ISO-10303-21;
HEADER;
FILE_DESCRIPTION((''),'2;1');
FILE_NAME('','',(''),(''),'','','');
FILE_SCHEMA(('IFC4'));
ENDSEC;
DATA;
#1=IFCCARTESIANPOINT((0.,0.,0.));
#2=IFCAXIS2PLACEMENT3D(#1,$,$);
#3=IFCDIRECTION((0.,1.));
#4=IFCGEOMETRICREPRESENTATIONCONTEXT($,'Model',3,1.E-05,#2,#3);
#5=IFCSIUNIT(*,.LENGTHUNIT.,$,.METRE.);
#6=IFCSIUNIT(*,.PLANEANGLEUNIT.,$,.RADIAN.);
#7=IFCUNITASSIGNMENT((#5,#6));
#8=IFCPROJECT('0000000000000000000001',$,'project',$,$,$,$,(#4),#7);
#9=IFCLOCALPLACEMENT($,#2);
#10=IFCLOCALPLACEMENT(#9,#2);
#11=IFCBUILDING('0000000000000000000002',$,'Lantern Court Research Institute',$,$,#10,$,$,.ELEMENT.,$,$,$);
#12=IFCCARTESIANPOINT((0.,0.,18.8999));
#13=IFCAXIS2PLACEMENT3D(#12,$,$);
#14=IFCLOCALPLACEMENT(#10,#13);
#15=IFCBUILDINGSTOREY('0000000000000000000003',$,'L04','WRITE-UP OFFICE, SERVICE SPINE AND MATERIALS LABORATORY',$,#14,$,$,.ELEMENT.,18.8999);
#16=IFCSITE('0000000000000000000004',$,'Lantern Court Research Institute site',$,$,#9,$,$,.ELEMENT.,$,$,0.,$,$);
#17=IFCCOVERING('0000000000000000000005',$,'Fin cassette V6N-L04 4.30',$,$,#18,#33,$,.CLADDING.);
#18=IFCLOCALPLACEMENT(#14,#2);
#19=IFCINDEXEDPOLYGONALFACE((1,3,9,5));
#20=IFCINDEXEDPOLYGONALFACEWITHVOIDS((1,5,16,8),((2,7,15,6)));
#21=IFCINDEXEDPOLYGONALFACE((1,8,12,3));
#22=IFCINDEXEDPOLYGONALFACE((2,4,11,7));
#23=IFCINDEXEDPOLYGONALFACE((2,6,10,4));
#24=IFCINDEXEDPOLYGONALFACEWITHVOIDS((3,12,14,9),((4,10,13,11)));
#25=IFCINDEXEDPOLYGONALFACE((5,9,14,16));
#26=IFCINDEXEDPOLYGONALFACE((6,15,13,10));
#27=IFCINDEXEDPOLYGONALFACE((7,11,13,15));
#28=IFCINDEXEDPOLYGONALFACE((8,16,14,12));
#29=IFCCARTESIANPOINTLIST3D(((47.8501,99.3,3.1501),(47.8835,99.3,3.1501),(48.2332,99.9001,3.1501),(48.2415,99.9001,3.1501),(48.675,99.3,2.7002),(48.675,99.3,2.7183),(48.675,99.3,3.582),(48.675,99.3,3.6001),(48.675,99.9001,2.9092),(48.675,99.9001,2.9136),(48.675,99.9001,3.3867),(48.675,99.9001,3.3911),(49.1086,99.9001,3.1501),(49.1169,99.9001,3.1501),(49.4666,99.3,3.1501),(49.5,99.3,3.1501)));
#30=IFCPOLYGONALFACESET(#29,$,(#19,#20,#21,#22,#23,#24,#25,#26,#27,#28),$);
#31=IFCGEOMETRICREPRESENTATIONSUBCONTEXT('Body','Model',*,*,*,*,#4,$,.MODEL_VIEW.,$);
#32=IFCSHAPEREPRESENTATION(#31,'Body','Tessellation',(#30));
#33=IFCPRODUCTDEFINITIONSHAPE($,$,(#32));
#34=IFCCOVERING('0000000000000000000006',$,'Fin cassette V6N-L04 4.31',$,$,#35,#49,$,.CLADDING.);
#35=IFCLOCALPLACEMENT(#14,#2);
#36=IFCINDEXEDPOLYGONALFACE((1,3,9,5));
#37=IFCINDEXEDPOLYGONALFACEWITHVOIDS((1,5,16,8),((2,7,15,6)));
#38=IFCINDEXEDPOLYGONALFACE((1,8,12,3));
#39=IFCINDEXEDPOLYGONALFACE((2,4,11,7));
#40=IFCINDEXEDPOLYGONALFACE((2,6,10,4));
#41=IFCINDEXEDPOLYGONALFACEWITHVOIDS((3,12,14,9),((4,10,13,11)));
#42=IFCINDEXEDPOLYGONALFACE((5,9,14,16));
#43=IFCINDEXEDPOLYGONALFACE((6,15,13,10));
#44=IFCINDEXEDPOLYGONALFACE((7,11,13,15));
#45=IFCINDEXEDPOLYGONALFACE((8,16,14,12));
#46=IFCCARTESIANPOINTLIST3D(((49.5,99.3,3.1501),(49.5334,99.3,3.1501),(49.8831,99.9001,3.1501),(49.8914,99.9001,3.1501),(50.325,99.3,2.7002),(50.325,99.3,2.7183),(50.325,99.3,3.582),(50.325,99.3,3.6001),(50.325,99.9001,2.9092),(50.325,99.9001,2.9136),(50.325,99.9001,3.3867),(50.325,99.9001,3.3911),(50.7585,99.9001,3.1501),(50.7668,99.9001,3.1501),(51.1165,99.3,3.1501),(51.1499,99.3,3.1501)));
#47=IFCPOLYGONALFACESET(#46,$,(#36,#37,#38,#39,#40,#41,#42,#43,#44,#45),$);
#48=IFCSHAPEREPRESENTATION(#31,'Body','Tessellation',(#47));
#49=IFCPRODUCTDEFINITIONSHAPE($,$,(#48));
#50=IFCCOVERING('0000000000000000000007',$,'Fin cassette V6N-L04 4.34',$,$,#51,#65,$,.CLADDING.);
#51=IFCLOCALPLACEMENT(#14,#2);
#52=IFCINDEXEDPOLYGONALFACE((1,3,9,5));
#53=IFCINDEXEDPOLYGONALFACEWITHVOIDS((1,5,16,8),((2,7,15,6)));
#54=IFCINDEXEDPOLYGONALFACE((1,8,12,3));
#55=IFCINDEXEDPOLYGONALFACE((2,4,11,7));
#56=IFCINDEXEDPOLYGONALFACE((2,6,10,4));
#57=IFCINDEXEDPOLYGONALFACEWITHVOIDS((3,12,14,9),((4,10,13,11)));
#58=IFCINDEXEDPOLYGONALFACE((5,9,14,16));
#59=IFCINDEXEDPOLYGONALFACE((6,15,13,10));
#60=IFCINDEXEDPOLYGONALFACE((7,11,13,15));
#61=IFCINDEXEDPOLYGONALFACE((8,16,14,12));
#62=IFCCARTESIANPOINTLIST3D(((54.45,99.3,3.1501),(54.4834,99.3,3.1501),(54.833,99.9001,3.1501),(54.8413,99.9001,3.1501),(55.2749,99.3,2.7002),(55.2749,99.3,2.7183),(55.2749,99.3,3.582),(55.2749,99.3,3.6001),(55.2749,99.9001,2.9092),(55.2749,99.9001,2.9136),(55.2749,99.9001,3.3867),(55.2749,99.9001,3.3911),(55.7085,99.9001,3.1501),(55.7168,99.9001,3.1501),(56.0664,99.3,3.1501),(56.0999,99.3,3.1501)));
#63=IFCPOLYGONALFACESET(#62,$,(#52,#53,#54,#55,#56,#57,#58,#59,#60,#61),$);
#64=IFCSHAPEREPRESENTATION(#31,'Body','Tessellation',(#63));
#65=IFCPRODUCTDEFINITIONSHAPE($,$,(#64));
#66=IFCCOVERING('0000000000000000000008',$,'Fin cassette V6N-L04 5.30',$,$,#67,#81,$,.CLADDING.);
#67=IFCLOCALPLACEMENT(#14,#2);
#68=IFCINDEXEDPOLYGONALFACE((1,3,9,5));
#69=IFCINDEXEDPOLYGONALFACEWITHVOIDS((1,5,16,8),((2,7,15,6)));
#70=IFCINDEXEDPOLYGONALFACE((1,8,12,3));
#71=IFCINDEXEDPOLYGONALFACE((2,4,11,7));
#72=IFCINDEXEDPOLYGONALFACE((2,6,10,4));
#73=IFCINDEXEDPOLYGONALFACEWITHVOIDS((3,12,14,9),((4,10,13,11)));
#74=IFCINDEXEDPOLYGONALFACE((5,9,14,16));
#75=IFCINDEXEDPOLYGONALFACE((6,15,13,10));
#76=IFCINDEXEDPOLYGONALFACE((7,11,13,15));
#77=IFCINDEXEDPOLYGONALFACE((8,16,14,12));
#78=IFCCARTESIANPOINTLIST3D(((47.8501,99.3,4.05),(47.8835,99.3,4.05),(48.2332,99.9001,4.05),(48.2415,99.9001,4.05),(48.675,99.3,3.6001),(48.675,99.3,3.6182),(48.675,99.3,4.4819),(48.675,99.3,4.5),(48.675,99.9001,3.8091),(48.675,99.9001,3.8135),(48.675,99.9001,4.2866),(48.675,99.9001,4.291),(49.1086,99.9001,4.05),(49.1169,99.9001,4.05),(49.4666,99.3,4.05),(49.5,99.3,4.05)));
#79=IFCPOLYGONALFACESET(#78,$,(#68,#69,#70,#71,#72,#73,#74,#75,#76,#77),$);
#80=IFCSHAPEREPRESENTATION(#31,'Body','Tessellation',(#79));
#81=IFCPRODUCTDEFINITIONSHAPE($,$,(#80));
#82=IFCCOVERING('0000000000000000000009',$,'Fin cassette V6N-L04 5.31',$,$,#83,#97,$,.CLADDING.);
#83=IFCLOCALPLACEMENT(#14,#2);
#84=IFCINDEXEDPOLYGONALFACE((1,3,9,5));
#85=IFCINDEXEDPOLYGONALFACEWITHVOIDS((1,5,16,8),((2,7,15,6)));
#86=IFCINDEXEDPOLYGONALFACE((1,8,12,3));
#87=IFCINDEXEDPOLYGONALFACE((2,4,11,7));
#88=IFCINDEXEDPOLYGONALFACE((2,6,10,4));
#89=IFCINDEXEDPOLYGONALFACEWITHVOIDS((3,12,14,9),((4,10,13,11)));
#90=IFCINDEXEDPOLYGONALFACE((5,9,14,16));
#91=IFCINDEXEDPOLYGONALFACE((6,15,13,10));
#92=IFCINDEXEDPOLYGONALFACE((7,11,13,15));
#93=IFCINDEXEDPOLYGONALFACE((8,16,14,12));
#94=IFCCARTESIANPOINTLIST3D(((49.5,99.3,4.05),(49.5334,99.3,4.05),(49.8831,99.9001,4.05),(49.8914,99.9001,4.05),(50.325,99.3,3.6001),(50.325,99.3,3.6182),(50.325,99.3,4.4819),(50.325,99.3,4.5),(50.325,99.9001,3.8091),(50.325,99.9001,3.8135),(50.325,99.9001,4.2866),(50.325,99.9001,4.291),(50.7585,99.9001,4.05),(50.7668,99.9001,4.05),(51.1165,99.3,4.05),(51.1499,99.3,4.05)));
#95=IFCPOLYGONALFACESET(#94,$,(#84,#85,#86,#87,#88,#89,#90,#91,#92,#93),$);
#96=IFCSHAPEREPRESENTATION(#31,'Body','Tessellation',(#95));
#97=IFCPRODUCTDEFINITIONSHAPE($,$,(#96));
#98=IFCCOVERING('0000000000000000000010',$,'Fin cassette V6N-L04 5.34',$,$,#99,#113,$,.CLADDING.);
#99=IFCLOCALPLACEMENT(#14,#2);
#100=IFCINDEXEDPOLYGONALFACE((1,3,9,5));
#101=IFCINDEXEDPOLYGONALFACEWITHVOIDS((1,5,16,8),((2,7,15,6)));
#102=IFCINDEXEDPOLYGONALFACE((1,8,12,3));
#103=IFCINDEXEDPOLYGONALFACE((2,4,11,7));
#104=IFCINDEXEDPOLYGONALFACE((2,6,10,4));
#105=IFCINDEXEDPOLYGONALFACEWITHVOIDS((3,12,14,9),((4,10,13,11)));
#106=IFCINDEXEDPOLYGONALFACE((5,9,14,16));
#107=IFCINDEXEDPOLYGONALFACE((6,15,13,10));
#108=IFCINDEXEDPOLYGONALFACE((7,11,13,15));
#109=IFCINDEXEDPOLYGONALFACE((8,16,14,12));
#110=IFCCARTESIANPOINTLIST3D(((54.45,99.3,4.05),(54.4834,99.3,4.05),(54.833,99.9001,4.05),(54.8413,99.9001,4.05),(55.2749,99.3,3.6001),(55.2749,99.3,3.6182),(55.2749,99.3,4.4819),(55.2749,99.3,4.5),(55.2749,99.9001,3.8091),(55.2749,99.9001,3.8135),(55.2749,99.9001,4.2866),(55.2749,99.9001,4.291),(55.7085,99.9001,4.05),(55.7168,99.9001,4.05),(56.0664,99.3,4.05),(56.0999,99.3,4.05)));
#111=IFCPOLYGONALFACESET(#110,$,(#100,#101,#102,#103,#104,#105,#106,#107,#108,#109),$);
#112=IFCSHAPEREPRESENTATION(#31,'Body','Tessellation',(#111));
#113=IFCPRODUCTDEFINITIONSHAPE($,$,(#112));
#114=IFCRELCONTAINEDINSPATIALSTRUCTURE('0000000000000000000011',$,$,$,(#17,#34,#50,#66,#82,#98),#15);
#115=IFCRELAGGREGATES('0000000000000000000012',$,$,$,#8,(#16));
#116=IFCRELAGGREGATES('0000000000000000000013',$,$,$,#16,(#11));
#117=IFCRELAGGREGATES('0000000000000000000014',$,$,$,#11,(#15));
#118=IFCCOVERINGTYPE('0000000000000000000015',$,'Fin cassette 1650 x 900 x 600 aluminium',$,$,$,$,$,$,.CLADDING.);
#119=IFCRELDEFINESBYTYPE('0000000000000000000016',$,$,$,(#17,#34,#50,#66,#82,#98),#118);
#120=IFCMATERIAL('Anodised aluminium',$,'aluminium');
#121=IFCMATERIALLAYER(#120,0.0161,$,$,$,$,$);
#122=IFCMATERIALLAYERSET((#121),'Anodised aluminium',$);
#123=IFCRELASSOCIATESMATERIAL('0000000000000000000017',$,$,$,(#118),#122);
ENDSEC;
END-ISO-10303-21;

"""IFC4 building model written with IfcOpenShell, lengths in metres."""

from ifc_helpers import new_model, entity, si_unit, direction, frame, origin, place, context, subcontext, project, spatial, material, layer, layer_set, type_object, element, save


model = new_model("IFC4")

# Units and contexts
model_context = context("Model", 3, precision=1e-05, world=origin(), true_north=direction((0.0, 1.0)))
body_context = subcontext(model_context, "Body", "Model", "MODEL_VIEW")
ifc_project = project(units=[si_unit("LENGTHUNIT", "METRE"), si_unit("PLANEANGLEUNIT", "RADIAN")], contexts=[model_context])

# Site, building, storey
site_placement = place(None, origin())
site = spatial("IfcSite", under=ifc_project, at=site_placement, Name="Lantern Court Research Institute site", CompositionType="ELEMENT", RefElevation=0.0)
building_placement = place(site_placement, origin())
building = spatial("IfcBuilding", under=site, at=building_placement, Name="Lantern Court Research Institute", CompositionType="ELEMENT")
storey_placement = place(building_placement, frame((0.0, 0.0, 18.8999)))
storey = spatial("IfcBuildingStorey", under=building, at=storey_placement, Name="L04", Description="WRITE-UP OFFICE, SERVICE SPINE AND MATERIALS LABORATORY", CompositionType="ELEMENT", Elevation=18.8999)

# Coverings
ifc_material_1 = material(Name="Anodised aluminium", Category="aluminium")
ifc_layer_1 = layer(ifc_material_1, 0.0161)
ifc_layer_set_1 = layer_set([ifc_layer_1], Name="Anodised aluminium")
covering_type_1 = type_object("IfcCoveringType", Name="Fin cassette 1650 x 900 x 600 aluminium", PredefinedType="CLADDING", material=ifc_layer_set_1)
covering_1_placement = place(storey_placement, frame((48.675, 99.3, 3.1501), z_axis=(0.0, 1.0, 0.0), x_axis=(-1.0, 0.0, 0.0)))
cartesian_point_1 = entity("IfcCartesianPoint", [0.825, 0.0])
cartesian_point_2 = entity("IfcCartesianPoint", [0.7915, 0.0])
cartesian_point_3 = entity("IfcCartesianPoint", [0.4419, 0.0])
cartesian_point_4 = entity("IfcCartesianPoint", [0.4336, 0.0])
element("IfcCovering", 1, at=covering_1_placement, inside=storey, type_object=covering_type_1, Name="Fin cassette V6N-L04 4.30", PredefinedType="CLADDING", context=body_context, shape_type="SweptSolid", body=[
    entity("IfcExtrudedAreaSolidTapered", entity("IfcArbitraryProfileDefWithVoids", "AREA", None, entity("IfcPolyline", [cartesian_point_1, entity("IfcCartesianPoint", [0.0, 0.45]), entity("IfcCartesianPoint", [-0.825, 0.0]), entity("IfcCartesianPoint", [0.0, -0.45]), cartesian_point_1]), [entity("IfcPolyline", [cartesian_point_2, entity("IfcCartesianPoint", [0.0, 0.4319]), entity("IfcCartesianPoint", [-0.7915, 0.0]), entity("IfcCartesianPoint", [0.0, -0.4319]), cartesian_point_2])]), entity("IfcAxis2Placement3D", entity("IfcCartesianPoint", [0.0, 0.0, 0.0])), entity("IfcDirection", [0.0, 0.0, 1.0]), 0.6001, entity("IfcArbitraryProfileDefWithVoids", "AREA", None, entity("IfcPolyline", [cartesian_point_3, entity("IfcCartesianPoint", [0.0, 0.241]), entity("IfcCartesianPoint", [-0.4419, 0.0]), entity("IfcCartesianPoint", [0.0, -0.241]), cartesian_point_3]), [entity("IfcPolyline", [cartesian_point_4, entity("IfcCartesianPoint", [0.0, 0.2366]), entity("IfcCartesianPoint", [-0.4336, 0.0]), entity("IfcCartesianPoint", [0.0, -0.2366]), cartesian_point_4])])),
])
covering_2_placement = place(storey_placement, frame((50.325, 99.3, 3.1501), z_axis=(0.0, 1.0, 0.0), x_axis=(-1.0, 0.0, 0.0)))
cartesian_point_5 = entity("IfcCartesianPoint", [0.825, 0.0])
cartesian_point_6 = entity("IfcCartesianPoint", [0.7915, 0.0])
cartesian_point_7 = entity("IfcCartesianPoint", [0.4419, 0.0])
cartesian_point_8 = entity("IfcCartesianPoint", [0.4336, 0.0])
element("IfcCovering", 2, at=covering_2_placement, inside=storey, type_object=covering_type_1, Name="Fin cassette V6N-L04 4.31", PredefinedType="CLADDING", context=body_context, shape_type="SweptSolid", body=[
    entity("IfcExtrudedAreaSolidTapered", entity("IfcArbitraryProfileDefWithVoids", "AREA", None, entity("IfcPolyline", [cartesian_point_5, entity("IfcCartesianPoint", [0.0, 0.45]), entity("IfcCartesianPoint", [-0.825, 0.0]), entity("IfcCartesianPoint", [0.0, -0.45]), cartesian_point_5]), [entity("IfcPolyline", [cartesian_point_6, entity("IfcCartesianPoint", [0.0, 0.4319]), entity("IfcCartesianPoint", [-0.7915, 0.0]), entity("IfcCartesianPoint", [0.0, -0.4319]), cartesian_point_6])]), entity("IfcAxis2Placement3D", entity("IfcCartesianPoint", [0.0, 0.0, 0.0])), entity("IfcDirection", [0.0, 0.0, 1.0]), 0.6001, entity("IfcArbitraryProfileDefWithVoids", "AREA", None, entity("IfcPolyline", [cartesian_point_7, entity("IfcCartesianPoint", [0.0, 0.241]), entity("IfcCartesianPoint", [-0.4419, 0.0]), entity("IfcCartesianPoint", [0.0, -0.241]), cartesian_point_7]), [entity("IfcPolyline", [cartesian_point_8, entity("IfcCartesianPoint", [0.0, 0.2366]), entity("IfcCartesianPoint", [-0.4336, 0.0]), entity("IfcCartesianPoint", [0.0, -0.2366]), cartesian_point_8])])),
])
covering_3_placement = place(storey_placement, frame((55.2749, 99.3, 3.1501), z_axis=(0.0, 1.0, 0.0), x_axis=(-1.0, 0.0, 0.0)))
cartesian_point_9 = entity("IfcCartesianPoint", [0.825, 0.0])
cartesian_point_10 = entity("IfcCartesianPoint", [0.7915, 0.0])
cartesian_point_11 = entity("IfcCartesianPoint", [0.4419, 0.0])
cartesian_point_12 = entity("IfcCartesianPoint", [0.4336, 0.0])
element("IfcCovering", 3, at=covering_3_placement, inside=storey, type_object=covering_type_1, Name="Fin cassette V6N-L04 4.34", PredefinedType="CLADDING", context=body_context, shape_type="SweptSolid", body=[
    entity("IfcExtrudedAreaSolidTapered", entity("IfcArbitraryProfileDefWithVoids", "AREA", None, entity("IfcPolyline", [cartesian_point_9, entity("IfcCartesianPoint", [0.0, 0.45]), entity("IfcCartesianPoint", [-0.825, 0.0]), entity("IfcCartesianPoint", [0.0, -0.45]), cartesian_point_9]), [entity("IfcPolyline", [cartesian_point_10, entity("IfcCartesianPoint", [0.0, 0.4319]), entity("IfcCartesianPoint", [-0.7915, 0.0]), entity("IfcCartesianPoint", [0.0, -0.4319]), cartesian_point_10])]), entity("IfcAxis2Placement3D", entity("IfcCartesianPoint", [0.0, 0.0, 0.0])), entity("IfcDirection", [0.0, 0.0, 1.0]), 0.6001, entity("IfcArbitraryProfileDefWithVoids", "AREA", None, entity("IfcPolyline", [cartesian_point_11, entity("IfcCartesianPoint", [0.0, 0.241]), entity("IfcCartesianPoint", [-0.4419, 0.0]), entity("IfcCartesianPoint", [0.0, -0.241]), cartesian_point_11]), [entity("IfcPolyline", [cartesian_point_12, entity("IfcCartesianPoint", [0.0, 0.2366]), entity("IfcCartesianPoint", [-0.4336, 0.0]), entity("IfcCartesianPoint", [0.0, -0.2366]), cartesian_point_12])])),
])
covering_4_placement = place(storey_placement, frame((48.675, 99.3, 4.05), z_axis=(0.0, 1.0, 0.0), x_axis=(-1.0, 0.0, 0.0)))
cartesian_point_13 = entity("IfcCartesianPoint", [0.825, 0.0])
cartesian_point_14 = entity("IfcCartesianPoint", [0.7915, 0.0])
cartesian_point_15 = entity("IfcCartesianPoint", [0.4419, 0.0])
cartesian_point_16 = entity("IfcCartesianPoint", [0.4336, 0.0])
element("IfcCovering", 4, at=covering_4_placement, inside=storey, type_object=covering_type_1, Name="Fin cassette V6N-L04 5.30", PredefinedType="CLADDING", context=body_context, shape_type="SweptSolid", body=[
    entity("IfcExtrudedAreaSolidTapered", entity("IfcArbitraryProfileDefWithVoids", "AREA", None, entity("IfcPolyline", [cartesian_point_13, entity("IfcCartesianPoint", [0.0, 0.45]), entity("IfcCartesianPoint", [-0.825, 0.0]), entity("IfcCartesianPoint", [0.0, -0.45]), cartesian_point_13]), [entity("IfcPolyline", [cartesian_point_14, entity("IfcCartesianPoint", [0.0, 0.4319]), entity("IfcCartesianPoint", [-0.7915, 0.0]), entity("IfcCartesianPoint", [0.0, -0.4319]), cartesian_point_14])]), entity("IfcAxis2Placement3D", entity("IfcCartesianPoint", [0.0, 0.0, 0.0])), entity("IfcDirection", [0.0, 0.0, 1.0]), 0.6001, entity("IfcArbitraryProfileDefWithVoids", "AREA", None, entity("IfcPolyline", [cartesian_point_15, entity("IfcCartesianPoint", [0.0, 0.241]), entity("IfcCartesianPoint", [-0.4419, 0.0]), entity("IfcCartesianPoint", [0.0, -0.241]), cartesian_point_15]), [entity("IfcPolyline", [cartesian_point_16, entity("IfcCartesianPoint", [0.0, 0.2366]), entity("IfcCartesianPoint", [-0.4336, 0.0]), entity("IfcCartesianPoint", [0.0, -0.2366]), cartesian_point_16])])),
])
covering_5_placement = place(storey_placement, frame((50.325, 99.3, 4.05), z_axis=(0.0, 1.0, 0.0), x_axis=(-1.0, 0.0, 0.0)))
cartesian_point_17 = entity("IfcCartesianPoint", [0.825, 0.0])
cartesian_point_18 = entity("IfcCartesianPoint", [0.7915, 0.0])
cartesian_point_19 = entity("IfcCartesianPoint", [0.4419, 0.0])
cartesian_point_20 = entity("IfcCartesianPoint", [0.4336, 0.0])
element("IfcCovering", 5, at=covering_5_placement, inside=storey, type_object=covering_type_1, Name="Fin cassette V6N-L04 5.31", PredefinedType="CLADDING", context=body_context, shape_type="SweptSolid", body=[
    entity("IfcExtrudedAreaSolidTapered", entity("IfcArbitraryProfileDefWithVoids", "AREA", None, entity("IfcPolyline", [cartesian_point_17, entity("IfcCartesianPoint", [0.0, 0.45]), entity("IfcCartesianPoint", [-0.825, 0.0]), entity("IfcCartesianPoint", [0.0, -0.45]), cartesian_point_17]), [entity("IfcPolyline", [cartesian_point_18, entity("IfcCartesianPoint", [0.0, 0.4319]), entity("IfcCartesianPoint", [-0.7915, 0.0]), entity("IfcCartesianPoint", [0.0, -0.4319]), cartesian_point_18])]), entity("IfcAxis2Placement3D", entity("IfcCartesianPoint", [0.0, 0.0, 0.0])), entity("IfcDirection", [0.0, 0.0, 1.0]), 0.6001, entity("IfcArbitraryProfileDefWithVoids", "AREA", None, entity("IfcPolyline", [cartesian_point_19, entity("IfcCartesianPoint", [0.0, 0.241]), entity("IfcCartesianPoint", [-0.4419, 0.0]), entity("IfcCartesianPoint", [0.0, -0.241]), cartesian_point_19]), [entity("IfcPolyline", [cartesian_point_20, entity("IfcCartesianPoint", [0.0, 0.2366]), entity("IfcCartesianPoint", [-0.4336, 0.0]), entity("IfcCartesianPoint", [0.0, -0.2366]), cartesian_point_20])])),
])
covering_6_placement = place(storey_placement, frame((55.2749, 99.3, 4.05), z_axis=(0.0, 1.0, 0.0), x_axis=(-1.0, 0.0, 0.0)))
cartesian_point_21 = entity("IfcCartesianPoint", [0.825, 0.0])
cartesian_point_22 = entity("IfcCartesianPoint", [0.7915, 0.0])
cartesian_point_23 = entity("IfcCartesianPoint", [0.4419, 0.0])
cartesian_point_24 = entity("IfcCartesianPoint", [0.4336, 0.0])
element("IfcCovering", 6, at=covering_6_placement, inside=storey, type_object=covering_type_1, Name="Fin cassette V6N-L04 5.34", PredefinedType="CLADDING", context=body_context, shape_type="SweptSolid", body=[
    entity("IfcExtrudedAreaSolidTapered", entity("IfcArbitraryProfileDefWithVoids", "AREA", None, entity("IfcPolyline", [cartesian_point_21, entity("IfcCartesianPoint", [0.0, 0.45]), entity("IfcCartesianPoint", [-0.825, 0.0]), entity("IfcCartesianPoint", [0.0, -0.45]), cartesian_point_21]), [entity("IfcPolyline", [cartesian_point_22, entity("IfcCartesianPoint", [0.0, 0.4319]), entity("IfcCartesianPoint", [-0.7915, 0.0]), entity("IfcCartesianPoint", [0.0, -0.4319]), cartesian_point_22])]), entity("IfcAxis2Placement3D", entity("IfcCartesianPoint", [0.0, 0.0, 0.0])), entity("IfcDirection", [0.0, 0.0, 1.0]), 0.6001, entity("IfcArbitraryProfileDefWithVoids", "AREA", None, entity("IfcPolyline", [cartesian_point_23, entity("IfcCartesianPoint", [0.0, 0.241]), entity("IfcCartesianPoint", [-0.4419, 0.0]), entity("IfcCartesianPoint", [0.0, -0.241]), cartesian_point_23]), [entity("IfcPolyline", [cartesian_point_24, entity("IfcCartesianPoint", [0.0, 0.2366]), entity("IfcCartesianPoint", [-0.4336, 0.0]), entity("IfcCartesianPoint", [0.0, -0.2366]), cartesian_point_24])])),
])

save(model, "model.ifc")
